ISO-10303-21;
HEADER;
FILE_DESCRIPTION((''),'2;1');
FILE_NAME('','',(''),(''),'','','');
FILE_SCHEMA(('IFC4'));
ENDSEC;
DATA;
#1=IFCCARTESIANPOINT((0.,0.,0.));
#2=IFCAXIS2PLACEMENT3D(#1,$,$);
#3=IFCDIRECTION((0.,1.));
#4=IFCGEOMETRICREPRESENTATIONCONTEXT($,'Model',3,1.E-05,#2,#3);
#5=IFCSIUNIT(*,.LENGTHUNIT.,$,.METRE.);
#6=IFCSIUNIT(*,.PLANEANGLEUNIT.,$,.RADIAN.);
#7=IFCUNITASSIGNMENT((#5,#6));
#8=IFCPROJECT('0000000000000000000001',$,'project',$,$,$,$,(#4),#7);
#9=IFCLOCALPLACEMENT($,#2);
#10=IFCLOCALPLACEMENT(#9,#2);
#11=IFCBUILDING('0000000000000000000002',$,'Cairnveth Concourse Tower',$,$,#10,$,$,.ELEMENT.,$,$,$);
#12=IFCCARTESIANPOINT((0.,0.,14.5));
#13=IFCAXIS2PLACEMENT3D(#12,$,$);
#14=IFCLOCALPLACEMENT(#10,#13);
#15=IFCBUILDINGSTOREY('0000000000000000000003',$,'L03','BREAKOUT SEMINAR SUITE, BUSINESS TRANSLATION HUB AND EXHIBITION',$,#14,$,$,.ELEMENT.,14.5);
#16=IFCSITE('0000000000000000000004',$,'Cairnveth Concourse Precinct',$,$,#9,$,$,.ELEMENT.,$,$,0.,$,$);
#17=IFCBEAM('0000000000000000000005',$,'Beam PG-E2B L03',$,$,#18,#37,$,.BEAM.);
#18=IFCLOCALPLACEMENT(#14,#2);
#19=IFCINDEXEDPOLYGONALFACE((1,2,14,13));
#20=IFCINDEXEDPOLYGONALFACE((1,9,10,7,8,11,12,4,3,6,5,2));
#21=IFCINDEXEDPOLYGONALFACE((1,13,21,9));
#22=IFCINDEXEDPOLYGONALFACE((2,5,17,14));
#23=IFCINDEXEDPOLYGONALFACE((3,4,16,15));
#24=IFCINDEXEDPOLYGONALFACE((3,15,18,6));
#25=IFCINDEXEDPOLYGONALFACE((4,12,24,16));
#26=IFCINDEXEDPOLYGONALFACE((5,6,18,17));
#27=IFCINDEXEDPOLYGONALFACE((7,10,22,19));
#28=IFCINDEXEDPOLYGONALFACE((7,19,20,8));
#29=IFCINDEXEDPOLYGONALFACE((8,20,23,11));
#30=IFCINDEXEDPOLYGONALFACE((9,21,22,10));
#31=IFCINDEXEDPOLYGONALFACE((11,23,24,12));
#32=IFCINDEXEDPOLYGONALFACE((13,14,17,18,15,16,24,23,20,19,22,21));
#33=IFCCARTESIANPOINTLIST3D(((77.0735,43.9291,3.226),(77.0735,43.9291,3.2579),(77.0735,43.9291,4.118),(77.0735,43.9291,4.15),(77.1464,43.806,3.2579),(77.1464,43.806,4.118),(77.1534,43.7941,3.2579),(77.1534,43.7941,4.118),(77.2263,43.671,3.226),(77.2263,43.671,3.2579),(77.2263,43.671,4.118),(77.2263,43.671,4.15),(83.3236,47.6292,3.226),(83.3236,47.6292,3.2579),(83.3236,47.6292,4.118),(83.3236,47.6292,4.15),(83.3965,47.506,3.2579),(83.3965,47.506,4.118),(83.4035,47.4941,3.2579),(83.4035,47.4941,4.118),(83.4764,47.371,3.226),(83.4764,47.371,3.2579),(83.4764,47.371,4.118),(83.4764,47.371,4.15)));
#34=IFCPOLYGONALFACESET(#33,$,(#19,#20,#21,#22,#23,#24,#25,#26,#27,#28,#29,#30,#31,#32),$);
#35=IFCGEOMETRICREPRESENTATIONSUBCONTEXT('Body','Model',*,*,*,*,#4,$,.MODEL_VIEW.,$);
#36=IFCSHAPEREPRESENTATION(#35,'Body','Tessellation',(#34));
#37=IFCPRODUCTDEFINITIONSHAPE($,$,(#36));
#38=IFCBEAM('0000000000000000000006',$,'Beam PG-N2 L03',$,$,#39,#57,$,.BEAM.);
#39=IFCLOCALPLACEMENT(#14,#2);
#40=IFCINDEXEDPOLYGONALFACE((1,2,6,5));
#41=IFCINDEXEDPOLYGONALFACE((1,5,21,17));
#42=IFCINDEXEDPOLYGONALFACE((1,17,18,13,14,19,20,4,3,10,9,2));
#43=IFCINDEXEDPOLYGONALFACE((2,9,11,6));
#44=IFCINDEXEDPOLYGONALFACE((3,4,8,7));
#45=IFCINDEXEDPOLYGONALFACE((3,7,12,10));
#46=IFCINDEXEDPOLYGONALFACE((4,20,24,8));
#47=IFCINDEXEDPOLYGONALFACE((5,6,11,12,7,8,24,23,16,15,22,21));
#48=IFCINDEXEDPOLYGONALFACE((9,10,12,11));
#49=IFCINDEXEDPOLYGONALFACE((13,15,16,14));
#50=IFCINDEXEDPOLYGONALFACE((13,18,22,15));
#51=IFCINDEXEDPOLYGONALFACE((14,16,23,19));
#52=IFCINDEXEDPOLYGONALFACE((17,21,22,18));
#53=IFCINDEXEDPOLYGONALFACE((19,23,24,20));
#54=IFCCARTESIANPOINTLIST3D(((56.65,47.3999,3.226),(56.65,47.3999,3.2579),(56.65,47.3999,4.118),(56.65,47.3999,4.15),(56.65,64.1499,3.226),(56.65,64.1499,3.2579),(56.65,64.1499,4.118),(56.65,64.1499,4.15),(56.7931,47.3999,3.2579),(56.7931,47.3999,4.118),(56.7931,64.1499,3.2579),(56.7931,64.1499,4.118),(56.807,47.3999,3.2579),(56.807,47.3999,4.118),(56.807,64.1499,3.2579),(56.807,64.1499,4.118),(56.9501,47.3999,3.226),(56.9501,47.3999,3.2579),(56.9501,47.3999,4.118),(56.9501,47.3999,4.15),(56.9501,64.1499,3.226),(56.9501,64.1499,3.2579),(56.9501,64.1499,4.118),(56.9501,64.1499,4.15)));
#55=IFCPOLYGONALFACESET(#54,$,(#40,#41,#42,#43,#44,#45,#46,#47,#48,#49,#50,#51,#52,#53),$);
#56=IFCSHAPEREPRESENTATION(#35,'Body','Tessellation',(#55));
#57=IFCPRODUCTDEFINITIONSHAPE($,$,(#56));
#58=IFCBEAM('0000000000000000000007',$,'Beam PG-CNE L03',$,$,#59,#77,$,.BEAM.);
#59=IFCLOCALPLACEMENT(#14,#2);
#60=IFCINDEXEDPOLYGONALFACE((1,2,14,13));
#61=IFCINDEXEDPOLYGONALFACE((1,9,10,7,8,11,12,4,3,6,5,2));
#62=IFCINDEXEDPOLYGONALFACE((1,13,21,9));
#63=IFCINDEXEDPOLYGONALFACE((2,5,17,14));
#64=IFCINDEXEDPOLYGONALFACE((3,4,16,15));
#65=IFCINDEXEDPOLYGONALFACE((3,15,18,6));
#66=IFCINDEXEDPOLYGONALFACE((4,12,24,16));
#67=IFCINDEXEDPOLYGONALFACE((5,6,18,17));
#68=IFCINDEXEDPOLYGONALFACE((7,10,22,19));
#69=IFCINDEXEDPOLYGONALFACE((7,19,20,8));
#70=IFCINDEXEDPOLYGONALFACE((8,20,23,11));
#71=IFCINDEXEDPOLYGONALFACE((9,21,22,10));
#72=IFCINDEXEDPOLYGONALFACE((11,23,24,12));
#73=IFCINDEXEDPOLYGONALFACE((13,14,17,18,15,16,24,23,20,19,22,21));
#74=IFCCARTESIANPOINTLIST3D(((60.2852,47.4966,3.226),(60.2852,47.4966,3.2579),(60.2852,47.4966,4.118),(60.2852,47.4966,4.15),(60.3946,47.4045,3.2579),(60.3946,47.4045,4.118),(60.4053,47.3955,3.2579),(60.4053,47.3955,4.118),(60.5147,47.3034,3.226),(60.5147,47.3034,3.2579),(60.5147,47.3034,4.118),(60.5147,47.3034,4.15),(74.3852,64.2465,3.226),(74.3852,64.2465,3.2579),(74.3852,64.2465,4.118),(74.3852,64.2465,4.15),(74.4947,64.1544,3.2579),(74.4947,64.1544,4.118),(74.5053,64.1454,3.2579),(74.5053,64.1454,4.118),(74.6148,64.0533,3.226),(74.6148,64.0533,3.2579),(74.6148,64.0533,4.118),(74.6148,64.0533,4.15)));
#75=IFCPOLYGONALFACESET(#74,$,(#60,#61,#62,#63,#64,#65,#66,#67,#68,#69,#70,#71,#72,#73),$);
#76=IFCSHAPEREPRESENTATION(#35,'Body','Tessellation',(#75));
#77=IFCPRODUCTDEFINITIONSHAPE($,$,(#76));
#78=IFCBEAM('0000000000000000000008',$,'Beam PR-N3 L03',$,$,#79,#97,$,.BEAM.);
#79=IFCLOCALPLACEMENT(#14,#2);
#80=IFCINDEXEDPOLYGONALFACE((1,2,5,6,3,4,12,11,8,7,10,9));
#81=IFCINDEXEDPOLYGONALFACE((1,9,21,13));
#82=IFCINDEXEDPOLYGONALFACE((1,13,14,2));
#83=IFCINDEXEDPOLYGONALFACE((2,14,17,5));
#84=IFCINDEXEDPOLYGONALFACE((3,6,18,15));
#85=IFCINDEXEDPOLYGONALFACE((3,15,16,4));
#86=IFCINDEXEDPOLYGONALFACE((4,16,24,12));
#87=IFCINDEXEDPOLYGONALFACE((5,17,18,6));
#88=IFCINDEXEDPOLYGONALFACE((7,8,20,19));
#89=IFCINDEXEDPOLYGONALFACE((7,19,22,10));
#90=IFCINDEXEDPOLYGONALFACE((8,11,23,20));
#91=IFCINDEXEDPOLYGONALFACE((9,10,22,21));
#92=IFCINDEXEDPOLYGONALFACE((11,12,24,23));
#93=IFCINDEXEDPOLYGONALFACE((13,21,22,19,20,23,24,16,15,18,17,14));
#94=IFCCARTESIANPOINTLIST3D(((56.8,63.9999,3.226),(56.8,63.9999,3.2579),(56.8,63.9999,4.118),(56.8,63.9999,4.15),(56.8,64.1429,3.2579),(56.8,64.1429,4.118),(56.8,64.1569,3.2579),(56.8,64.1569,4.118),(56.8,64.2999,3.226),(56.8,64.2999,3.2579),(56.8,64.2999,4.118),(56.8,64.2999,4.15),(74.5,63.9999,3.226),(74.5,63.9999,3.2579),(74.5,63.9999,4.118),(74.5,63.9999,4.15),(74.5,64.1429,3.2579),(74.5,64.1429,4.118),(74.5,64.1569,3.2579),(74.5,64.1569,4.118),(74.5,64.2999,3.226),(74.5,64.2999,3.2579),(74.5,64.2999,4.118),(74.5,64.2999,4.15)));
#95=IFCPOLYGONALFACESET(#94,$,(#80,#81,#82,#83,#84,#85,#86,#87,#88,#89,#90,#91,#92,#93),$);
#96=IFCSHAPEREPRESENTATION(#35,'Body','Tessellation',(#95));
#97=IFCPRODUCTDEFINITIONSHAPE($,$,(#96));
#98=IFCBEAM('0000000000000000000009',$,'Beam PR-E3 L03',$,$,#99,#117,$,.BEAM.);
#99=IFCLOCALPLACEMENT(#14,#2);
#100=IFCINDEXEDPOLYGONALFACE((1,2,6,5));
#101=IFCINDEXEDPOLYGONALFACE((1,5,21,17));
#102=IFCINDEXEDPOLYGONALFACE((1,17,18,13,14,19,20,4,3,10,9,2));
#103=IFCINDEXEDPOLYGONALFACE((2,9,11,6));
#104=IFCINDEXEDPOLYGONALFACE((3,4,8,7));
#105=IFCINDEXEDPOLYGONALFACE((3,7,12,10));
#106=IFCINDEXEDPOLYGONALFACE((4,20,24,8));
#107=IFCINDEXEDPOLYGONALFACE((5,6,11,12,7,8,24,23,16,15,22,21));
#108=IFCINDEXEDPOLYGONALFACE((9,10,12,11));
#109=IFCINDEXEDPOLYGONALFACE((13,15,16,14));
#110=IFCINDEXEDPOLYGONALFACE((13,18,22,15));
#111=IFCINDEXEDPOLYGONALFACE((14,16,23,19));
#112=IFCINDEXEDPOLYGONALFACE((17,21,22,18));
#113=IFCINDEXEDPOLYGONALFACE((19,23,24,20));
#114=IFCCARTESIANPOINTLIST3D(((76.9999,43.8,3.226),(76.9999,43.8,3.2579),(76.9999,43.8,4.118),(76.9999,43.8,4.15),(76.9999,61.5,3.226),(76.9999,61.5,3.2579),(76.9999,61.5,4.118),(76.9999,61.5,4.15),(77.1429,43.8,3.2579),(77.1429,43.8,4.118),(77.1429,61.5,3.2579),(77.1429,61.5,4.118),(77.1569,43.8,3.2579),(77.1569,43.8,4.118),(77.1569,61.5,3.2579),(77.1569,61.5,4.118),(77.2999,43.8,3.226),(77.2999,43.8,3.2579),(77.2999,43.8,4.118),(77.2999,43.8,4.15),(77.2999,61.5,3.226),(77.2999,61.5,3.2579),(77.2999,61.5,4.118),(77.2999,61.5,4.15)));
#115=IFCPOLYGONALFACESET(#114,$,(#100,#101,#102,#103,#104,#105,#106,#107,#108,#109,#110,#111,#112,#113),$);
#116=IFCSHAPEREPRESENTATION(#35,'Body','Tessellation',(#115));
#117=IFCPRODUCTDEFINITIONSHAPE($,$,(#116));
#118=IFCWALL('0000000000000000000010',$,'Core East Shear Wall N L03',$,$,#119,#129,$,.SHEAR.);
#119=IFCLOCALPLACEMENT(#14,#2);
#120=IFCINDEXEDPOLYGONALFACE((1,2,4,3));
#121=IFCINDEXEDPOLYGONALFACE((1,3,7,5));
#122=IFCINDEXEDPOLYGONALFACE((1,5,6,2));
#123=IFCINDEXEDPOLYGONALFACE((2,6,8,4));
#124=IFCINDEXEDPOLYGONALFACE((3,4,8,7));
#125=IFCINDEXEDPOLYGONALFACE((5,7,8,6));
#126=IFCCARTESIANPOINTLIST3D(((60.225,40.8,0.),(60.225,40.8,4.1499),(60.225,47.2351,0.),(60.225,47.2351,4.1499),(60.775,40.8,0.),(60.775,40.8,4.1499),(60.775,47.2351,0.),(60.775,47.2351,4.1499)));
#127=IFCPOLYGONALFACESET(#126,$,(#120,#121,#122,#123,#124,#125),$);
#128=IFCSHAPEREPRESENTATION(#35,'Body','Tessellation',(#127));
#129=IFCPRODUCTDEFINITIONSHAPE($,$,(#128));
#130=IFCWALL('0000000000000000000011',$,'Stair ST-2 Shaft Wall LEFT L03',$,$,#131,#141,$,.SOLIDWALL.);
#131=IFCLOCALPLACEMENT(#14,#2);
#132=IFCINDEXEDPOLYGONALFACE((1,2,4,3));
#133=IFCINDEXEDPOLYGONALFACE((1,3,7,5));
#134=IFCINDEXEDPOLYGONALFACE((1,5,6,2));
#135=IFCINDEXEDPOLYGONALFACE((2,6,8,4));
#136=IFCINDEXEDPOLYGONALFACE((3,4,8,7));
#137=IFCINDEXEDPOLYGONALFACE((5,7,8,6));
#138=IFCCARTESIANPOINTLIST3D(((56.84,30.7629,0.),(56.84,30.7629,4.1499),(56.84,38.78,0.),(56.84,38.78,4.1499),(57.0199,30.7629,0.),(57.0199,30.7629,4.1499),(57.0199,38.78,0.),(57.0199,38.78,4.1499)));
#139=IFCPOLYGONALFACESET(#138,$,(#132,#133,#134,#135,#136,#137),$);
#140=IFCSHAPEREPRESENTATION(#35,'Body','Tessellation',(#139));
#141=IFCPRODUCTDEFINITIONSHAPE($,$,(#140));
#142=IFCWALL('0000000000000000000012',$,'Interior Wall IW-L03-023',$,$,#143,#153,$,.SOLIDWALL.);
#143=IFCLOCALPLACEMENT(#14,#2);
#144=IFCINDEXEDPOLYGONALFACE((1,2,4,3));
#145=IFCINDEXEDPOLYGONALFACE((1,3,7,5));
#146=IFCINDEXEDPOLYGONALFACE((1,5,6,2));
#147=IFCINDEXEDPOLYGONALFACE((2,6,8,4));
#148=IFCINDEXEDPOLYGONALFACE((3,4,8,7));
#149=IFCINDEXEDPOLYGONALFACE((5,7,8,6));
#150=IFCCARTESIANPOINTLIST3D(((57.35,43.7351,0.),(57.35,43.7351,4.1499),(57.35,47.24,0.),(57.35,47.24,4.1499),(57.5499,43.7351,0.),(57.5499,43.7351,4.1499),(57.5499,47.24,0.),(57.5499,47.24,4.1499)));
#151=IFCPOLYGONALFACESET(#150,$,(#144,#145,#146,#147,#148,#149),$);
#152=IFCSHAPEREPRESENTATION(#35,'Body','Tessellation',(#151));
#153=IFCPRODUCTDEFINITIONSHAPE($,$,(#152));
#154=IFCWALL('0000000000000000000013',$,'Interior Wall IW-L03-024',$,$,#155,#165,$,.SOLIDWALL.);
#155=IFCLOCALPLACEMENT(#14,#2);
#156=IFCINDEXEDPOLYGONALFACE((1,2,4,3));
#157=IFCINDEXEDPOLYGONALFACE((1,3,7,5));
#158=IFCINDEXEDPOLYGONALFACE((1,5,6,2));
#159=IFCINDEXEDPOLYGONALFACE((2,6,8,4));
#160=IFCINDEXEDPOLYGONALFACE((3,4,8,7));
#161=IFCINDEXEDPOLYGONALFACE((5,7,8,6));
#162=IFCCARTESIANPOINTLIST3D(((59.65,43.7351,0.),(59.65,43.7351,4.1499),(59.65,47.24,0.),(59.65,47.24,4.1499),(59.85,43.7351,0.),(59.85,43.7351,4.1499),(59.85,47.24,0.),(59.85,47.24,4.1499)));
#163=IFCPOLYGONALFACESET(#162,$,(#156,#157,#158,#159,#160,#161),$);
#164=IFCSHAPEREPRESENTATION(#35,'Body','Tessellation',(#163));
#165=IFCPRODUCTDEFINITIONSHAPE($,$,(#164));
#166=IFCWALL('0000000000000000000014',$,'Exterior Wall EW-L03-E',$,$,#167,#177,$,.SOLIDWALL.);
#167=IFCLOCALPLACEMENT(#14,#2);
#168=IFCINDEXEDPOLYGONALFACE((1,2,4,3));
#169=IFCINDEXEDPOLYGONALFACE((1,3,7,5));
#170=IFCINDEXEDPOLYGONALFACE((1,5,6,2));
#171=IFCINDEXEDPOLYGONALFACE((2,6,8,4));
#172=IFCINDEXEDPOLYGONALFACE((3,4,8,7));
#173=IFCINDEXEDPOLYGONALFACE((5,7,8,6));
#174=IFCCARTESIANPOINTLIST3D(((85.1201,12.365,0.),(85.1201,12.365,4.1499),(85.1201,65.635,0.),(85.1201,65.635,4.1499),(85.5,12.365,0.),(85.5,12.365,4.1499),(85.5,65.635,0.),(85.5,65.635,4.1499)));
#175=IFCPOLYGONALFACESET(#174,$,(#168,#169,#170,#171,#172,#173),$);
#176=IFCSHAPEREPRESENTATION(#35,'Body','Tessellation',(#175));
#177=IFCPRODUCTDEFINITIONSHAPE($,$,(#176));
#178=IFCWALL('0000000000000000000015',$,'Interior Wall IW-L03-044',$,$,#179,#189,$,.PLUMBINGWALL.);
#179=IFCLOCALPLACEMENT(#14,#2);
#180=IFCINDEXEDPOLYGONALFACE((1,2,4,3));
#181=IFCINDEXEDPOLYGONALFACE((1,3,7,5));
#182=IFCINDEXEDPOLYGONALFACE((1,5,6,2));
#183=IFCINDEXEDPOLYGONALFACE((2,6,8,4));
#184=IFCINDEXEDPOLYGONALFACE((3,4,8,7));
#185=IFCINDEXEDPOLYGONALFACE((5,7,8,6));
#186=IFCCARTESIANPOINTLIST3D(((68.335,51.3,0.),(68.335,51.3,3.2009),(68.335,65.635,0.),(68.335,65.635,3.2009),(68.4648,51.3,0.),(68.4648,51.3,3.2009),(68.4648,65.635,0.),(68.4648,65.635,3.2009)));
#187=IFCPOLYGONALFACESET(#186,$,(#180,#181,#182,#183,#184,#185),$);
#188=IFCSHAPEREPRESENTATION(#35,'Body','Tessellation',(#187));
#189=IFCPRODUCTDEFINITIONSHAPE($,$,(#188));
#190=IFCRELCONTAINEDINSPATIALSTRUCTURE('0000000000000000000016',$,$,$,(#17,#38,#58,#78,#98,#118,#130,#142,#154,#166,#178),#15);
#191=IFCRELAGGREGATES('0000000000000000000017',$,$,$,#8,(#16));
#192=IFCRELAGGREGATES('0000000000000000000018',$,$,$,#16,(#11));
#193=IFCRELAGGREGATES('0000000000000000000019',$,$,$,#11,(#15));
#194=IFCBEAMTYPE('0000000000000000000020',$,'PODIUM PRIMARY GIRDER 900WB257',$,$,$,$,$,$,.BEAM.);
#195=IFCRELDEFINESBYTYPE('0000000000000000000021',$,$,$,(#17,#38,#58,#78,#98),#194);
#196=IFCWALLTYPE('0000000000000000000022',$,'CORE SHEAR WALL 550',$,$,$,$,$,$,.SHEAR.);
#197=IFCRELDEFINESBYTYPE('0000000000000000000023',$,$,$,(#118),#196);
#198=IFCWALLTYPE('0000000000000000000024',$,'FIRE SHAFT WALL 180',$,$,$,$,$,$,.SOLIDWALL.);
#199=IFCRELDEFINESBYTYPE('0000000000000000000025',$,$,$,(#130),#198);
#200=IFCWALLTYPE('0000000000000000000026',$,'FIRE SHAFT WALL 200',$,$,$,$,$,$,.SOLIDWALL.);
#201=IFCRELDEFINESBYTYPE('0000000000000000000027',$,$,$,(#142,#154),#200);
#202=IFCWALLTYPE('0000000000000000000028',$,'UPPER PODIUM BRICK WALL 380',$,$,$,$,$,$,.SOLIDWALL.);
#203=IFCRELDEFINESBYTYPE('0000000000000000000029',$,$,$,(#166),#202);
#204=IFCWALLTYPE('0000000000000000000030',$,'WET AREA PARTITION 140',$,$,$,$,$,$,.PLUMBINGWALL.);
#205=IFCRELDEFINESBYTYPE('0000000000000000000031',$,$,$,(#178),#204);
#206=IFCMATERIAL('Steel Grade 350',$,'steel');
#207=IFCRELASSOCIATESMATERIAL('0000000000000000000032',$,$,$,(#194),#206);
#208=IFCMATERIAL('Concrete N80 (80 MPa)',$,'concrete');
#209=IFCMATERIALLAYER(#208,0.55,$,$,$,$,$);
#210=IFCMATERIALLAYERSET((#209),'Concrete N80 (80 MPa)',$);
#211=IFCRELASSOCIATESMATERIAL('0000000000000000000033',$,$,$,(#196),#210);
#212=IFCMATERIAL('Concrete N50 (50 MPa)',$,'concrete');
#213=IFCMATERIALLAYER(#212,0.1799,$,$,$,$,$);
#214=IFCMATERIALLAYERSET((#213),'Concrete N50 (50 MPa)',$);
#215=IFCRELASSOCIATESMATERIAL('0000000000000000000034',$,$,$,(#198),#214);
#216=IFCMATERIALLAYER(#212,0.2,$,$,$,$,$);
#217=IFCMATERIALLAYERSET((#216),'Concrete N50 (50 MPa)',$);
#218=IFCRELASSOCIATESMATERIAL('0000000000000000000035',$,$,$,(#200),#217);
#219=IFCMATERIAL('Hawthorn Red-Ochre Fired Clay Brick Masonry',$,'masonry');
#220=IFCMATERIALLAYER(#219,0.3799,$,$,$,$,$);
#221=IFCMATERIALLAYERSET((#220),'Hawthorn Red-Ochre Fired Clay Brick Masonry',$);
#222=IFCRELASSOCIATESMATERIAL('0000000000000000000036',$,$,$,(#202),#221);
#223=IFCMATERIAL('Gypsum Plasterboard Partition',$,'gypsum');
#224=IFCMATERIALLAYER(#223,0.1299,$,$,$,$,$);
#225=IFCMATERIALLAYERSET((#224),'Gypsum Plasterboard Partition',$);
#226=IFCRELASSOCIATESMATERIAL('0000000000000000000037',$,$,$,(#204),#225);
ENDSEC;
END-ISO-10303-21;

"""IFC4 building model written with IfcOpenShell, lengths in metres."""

from ifc_helpers import new_model, si_unit, direction, frame, frame_2d, origin, origin_2d, place, context, subcontext, project, spatial, rectangle, i_section, extrude, material, layer, layer_set, material_profile, profile_set, type_object, element, save


model = new_model("IFC4")

# Units and contexts
model_context = context("Model", 3, precision=1e-05, world=origin(), true_north=direction((0.0, 1.0)))
body_context = subcontext(model_context, "Body", "Model", "MODEL_VIEW")
ifc_project = project(units=[si_unit("LENGTHUNIT", "METRE"), si_unit("PLANEANGLEUNIT", "RADIAN")], contexts=[model_context])

# Site, building, storey
site_placement = place(None, origin())
site = spatial("IfcSite", under=ifc_project, at=site_placement, Name="Cairnveth Concourse Precinct", CompositionType="ELEMENT", RefElevation=0.0)
building_placement = place(site_placement, origin())
building = spatial("IfcBuilding", under=site, at=building_placement, Name="Cairnveth Concourse Tower", CompositionType="ELEMENT")
storey_placement = place(building_placement, frame((0.0, 0.0, 14.5)))
storey = spatial("IfcBuildingStorey", under=building, at=storey_placement, Name="L03", Description="BREAKOUT SEMINAR SUITE, BUSINESS TRANSLATION HUB AND EXHIBITION", CompositionType="ELEMENT", Elevation=14.5)

# Shared definitions
ifc_material_1 = material(Name="Concrete N80 (80 MPa)", Category="concrete")
ifc_material_2 = material(Name="Steel Grade 350", Category="steel")

# Beams
ifc_material_profile_1 = material_profile(ifc_material_2, i_section(OverallWidth=0.3, OverallDepth=0.9241, WebThickness=0.0139, FlangeThickness=0.032, at=origin_2d()), Name="900WB257")
ifc_profile_set_1 = profile_set([ifc_material_profile_1], Name="Steel Grade 350")
beam_type_1 = type_object("IfcBeamType", Name="PODIUM PRIMARY GIRDER 900WB257", PredefinedType="BEAM", material=ifc_profile_set_1)
beam_1_placement = place(storey_placement, frame((77.1499, 43.8, 3.688), z_axis=(0.860518, 0.50942, 0.0), x_axis=(-0.50942, 0.860518, 0.0)))
element("IfcBeam", 1, at=beam_1_placement, inside=storey, type_object=beam_type_1, Name="Beam PG-E2B L03", PredefinedType="BEAM", context=body_context, shape_type="SweptSolid", body=[
    extrude(i_section(OverallWidth=0.3, OverallDepth=0.9241, WebThickness=0.0139, FlangeThickness=0.032, at=origin_2d()), origin(), (0.0, 0.0, 1.0), 7.2632),
])
beam_2_placement = place(storey_placement, frame((56.8, 47.3999, 3.688), z_axis=(0.0, 1.0, 0.0), x_axis=(-1.0, 0.0, 0.0)))
element("IfcBeam", 2, at=beam_2_placement, inside=storey, type_object=beam_type_1, Name="Beam PG-N2 L03", PredefinedType="BEAM", context=body_context, shape_type="SweptSolid", body=[
    extrude(i_section(OverallWidth=0.3, OverallDepth=0.9241, WebThickness=0.0139, FlangeThickness=0.032, at=origin_2d()), origin(), (0.0, 0.0, 1.0), 16.75),
])
beam_3_placement = place(storey_placement, frame((74.5, 64.1499, 3.688), z_axis=(-0.643998, -0.765027, 0.0), x_axis=(0.765027, -0.643998, 0.0)))
element("IfcBeam", 3, at=beam_3_placement, inside=storey, type_object=beam_type_1, Name="Beam PG-CNE L03", PredefinedType="BEAM", context=body_context, shape_type="SweptSolid", body=[
    extrude(i_section(OverallWidth=0.3, OverallDepth=0.9241, WebThickness=0.0139, FlangeThickness=0.032, at=origin_2d()), origin(), (0.0, 0.0, 1.0), 21.8945),
])
for number, where, z_axis, x_axis, name in (
    (4, (56.8, 64.1499, 3.688), (1.0, 0.0, 0.0), (0.0, 1.0, 0.0), "Beam PR-N3 L03"),
    (5, (77.1499, 43.8, 3.688), (0.0, 1.0, 0.0), (-1.0, 0.0, 0.0), "Beam PR-E3 L03"),
):
    element("IfcBeam", number, at=place(storey_placement, frame(where, z_axis=z_axis, x_axis=x_axis)), inside=storey, type_object=beam_type_1, Name=name, PredefinedType="BEAM", context=body_context, shape_type="SweptSolid", body=[
        extrude(i_section(OverallWidth=0.3, OverallDepth=0.9241, WebThickness=0.0139, FlangeThickness=0.032, at=origin_2d()), origin(), (0.0, 0.0, 1.0), 17.7),
    ])

# Wall
ifc_layer_1 = layer(ifc_material_1, 0.55)
ifc_layer_set_1 = layer_set([ifc_layer_1], Name="Concrete N80 (80 MPa)")
wall_type_1 = type_object("IfcWallType", Name="CORE SHEAR WALL 550", PredefinedType="SHEAR", material=ifc_layer_set_1)
wall_1_placement = place(storey_placement, frame((60.5, 40.8, 0.0), z_axis=(0.0, 0.0, 1.0), x_axis=(0.0, 1.0, 0.0)))
element("IfcWall", 6, at=wall_1_placement, inside=storey, type_object=wall_type_1, Name="Core East Shear Wall N L03", PredefinedType="SHEAR", context=body_context, shape_type="SweptSolid", body=[
    extrude(rectangle(XDim=6.4351, YDim=0.55, at=frame_2d((3.2175, 0.0))), origin(), (0.0, 0.0, 1.0), 4.1499),
])

# Shared definitions
ifc_material_3 = material(Name="Concrete N50 (50 MPa)", Category="concrete")
ifc_layer_2 = layer(ifc_material_3, 0.1799)
ifc_layer_set_2 = layer_set([ifc_layer_2], Name="Concrete N50 (50 MPa)")
wall_type_2 = type_object("IfcWallType", Name="FIRE SHAFT WALL 180", PredefinedType="SOLIDWALL", material=ifc_layer_set_2)

# Wall
wall_2_placement = place(storey_placement, frame((56.9299, 38.78, 0.0), z_axis=(0.0, 0.0, 1.0), x_axis=(0.0, -1.0, 0.0)))
element("IfcWall", 7, at=wall_2_placement, inside=storey, type_object=wall_type_2, Name="Stair ST-2 Shaft Wall LEFT L03", PredefinedType="SOLIDWALL", context=body_context, shape_type="SweptSolid", body=[
    extrude(rectangle(XDim=8.0171, YDim=0.1799, at=frame_2d((4.0085, 0.0))), origin(), (0.0, 0.0, 1.0), 4.1499),
])

# Shared definitions
ifc_layer_3 = layer(ifc_material_3, 0.2)
ifc_layer_set_3 = layer_set([ifc_layer_3], Name="Concrete N50 (50 MPa)")
wall_type_3 = type_object("IfcWallType", Name="FIRE SHAFT WALL 200", PredefinedType="SOLIDWALL", material=ifc_layer_set_3)

# Walls
for number, where, z_axis, x_axis, name in (
    (8, (57.45, 43.7351, 0.0), (0.0, 0.0, 1.0), (0.0, 1.0, 0.0), "Interior Wall IW-L03-023"),
    (9, (59.75, 43.7351, 0.0), (0.0, 0.0, 1.0), (0.0, 1.0, 0.0), "Interior Wall IW-L03-024"),
):
    element("IfcWall", number, at=place(storey_placement, frame(where, z_axis=z_axis, x_axis=x_axis)), inside=storey, type_object=wall_type_3, Name=name, PredefinedType="SOLIDWALL", context=body_context, shape_type="SweptSolid", body=[
        extrude(rectangle(XDim=3.5049, YDim=0.2, at=frame_2d((1.7524, 0.0))), origin(), (0.0, 0.0, 1.0), 4.1499),
    ])
ifc_material_4 = material(Name="Hawthorn Red-Ochre Fired Clay Brick Masonry", Category="masonry")
ifc_layer_4 = layer(ifc_material_4, 0.3799)
ifc_layer_set_4 = layer_set([ifc_layer_4], Name="Hawthorn Red-Ochre Fired Clay Brick Masonry")
wall_type_4 = type_object("IfcWallType", Name="UPPER PODIUM BRICK WALL 380", PredefinedType="SOLIDWALL", material=ifc_layer_set_4)
wall_3_placement = place(storey_placement, frame((85.3101, 65.635, 0.0), z_axis=(0.0, 0.0, 1.0), x_axis=(0.0, -1.0, 0.0)))
element("IfcWall", 10, at=wall_3_placement, inside=storey, type_object=wall_type_4, Name="Exterior Wall EW-L03-E", PredefinedType="SOLIDWALL", context=body_context, shape_type="SweptSolid", body=[
    extrude(rectangle(XDim=53.27, YDim=0.3799, at=frame_2d((26.635, 0.0))), origin(), (0.0, 0.0, 1.0), 4.1499),
])
ifc_material_5 = material(Name="Gypsum Plasterboard Partition", Category="gypsum")
ifc_layer_5 = layer(ifc_material_5, 0.1299)
ifc_layer_set_5 = layer_set([ifc_layer_5], Name="Gypsum Plasterboard Partition")
wall_type_5 = type_object("IfcWallType", Name="WET AREA PARTITION 140", PredefinedType="PLUMBINGWALL", material=ifc_layer_set_5)
wall_4_placement = place(storey_placement, frame((68.3999, 51.3, 0.0), z_axis=(0.0, 0.0, 1.0), x_axis=(0.0, 1.0, 0.0)))
element("IfcWall", 11, at=wall_4_placement, inside=storey, type_object=wall_type_5, Name="Interior Wall IW-L03-044", PredefinedType="PLUMBINGWALL", context=body_context, shape_type="SweptSolid", body=[
    extrude(rectangle(XDim=14.335, YDim=0.1299, at=frame_2d((7.1675, 0.0))), origin(), (0.0, 0.0, 1.0), 3.2009),
])

save(model, "model.ifc")
